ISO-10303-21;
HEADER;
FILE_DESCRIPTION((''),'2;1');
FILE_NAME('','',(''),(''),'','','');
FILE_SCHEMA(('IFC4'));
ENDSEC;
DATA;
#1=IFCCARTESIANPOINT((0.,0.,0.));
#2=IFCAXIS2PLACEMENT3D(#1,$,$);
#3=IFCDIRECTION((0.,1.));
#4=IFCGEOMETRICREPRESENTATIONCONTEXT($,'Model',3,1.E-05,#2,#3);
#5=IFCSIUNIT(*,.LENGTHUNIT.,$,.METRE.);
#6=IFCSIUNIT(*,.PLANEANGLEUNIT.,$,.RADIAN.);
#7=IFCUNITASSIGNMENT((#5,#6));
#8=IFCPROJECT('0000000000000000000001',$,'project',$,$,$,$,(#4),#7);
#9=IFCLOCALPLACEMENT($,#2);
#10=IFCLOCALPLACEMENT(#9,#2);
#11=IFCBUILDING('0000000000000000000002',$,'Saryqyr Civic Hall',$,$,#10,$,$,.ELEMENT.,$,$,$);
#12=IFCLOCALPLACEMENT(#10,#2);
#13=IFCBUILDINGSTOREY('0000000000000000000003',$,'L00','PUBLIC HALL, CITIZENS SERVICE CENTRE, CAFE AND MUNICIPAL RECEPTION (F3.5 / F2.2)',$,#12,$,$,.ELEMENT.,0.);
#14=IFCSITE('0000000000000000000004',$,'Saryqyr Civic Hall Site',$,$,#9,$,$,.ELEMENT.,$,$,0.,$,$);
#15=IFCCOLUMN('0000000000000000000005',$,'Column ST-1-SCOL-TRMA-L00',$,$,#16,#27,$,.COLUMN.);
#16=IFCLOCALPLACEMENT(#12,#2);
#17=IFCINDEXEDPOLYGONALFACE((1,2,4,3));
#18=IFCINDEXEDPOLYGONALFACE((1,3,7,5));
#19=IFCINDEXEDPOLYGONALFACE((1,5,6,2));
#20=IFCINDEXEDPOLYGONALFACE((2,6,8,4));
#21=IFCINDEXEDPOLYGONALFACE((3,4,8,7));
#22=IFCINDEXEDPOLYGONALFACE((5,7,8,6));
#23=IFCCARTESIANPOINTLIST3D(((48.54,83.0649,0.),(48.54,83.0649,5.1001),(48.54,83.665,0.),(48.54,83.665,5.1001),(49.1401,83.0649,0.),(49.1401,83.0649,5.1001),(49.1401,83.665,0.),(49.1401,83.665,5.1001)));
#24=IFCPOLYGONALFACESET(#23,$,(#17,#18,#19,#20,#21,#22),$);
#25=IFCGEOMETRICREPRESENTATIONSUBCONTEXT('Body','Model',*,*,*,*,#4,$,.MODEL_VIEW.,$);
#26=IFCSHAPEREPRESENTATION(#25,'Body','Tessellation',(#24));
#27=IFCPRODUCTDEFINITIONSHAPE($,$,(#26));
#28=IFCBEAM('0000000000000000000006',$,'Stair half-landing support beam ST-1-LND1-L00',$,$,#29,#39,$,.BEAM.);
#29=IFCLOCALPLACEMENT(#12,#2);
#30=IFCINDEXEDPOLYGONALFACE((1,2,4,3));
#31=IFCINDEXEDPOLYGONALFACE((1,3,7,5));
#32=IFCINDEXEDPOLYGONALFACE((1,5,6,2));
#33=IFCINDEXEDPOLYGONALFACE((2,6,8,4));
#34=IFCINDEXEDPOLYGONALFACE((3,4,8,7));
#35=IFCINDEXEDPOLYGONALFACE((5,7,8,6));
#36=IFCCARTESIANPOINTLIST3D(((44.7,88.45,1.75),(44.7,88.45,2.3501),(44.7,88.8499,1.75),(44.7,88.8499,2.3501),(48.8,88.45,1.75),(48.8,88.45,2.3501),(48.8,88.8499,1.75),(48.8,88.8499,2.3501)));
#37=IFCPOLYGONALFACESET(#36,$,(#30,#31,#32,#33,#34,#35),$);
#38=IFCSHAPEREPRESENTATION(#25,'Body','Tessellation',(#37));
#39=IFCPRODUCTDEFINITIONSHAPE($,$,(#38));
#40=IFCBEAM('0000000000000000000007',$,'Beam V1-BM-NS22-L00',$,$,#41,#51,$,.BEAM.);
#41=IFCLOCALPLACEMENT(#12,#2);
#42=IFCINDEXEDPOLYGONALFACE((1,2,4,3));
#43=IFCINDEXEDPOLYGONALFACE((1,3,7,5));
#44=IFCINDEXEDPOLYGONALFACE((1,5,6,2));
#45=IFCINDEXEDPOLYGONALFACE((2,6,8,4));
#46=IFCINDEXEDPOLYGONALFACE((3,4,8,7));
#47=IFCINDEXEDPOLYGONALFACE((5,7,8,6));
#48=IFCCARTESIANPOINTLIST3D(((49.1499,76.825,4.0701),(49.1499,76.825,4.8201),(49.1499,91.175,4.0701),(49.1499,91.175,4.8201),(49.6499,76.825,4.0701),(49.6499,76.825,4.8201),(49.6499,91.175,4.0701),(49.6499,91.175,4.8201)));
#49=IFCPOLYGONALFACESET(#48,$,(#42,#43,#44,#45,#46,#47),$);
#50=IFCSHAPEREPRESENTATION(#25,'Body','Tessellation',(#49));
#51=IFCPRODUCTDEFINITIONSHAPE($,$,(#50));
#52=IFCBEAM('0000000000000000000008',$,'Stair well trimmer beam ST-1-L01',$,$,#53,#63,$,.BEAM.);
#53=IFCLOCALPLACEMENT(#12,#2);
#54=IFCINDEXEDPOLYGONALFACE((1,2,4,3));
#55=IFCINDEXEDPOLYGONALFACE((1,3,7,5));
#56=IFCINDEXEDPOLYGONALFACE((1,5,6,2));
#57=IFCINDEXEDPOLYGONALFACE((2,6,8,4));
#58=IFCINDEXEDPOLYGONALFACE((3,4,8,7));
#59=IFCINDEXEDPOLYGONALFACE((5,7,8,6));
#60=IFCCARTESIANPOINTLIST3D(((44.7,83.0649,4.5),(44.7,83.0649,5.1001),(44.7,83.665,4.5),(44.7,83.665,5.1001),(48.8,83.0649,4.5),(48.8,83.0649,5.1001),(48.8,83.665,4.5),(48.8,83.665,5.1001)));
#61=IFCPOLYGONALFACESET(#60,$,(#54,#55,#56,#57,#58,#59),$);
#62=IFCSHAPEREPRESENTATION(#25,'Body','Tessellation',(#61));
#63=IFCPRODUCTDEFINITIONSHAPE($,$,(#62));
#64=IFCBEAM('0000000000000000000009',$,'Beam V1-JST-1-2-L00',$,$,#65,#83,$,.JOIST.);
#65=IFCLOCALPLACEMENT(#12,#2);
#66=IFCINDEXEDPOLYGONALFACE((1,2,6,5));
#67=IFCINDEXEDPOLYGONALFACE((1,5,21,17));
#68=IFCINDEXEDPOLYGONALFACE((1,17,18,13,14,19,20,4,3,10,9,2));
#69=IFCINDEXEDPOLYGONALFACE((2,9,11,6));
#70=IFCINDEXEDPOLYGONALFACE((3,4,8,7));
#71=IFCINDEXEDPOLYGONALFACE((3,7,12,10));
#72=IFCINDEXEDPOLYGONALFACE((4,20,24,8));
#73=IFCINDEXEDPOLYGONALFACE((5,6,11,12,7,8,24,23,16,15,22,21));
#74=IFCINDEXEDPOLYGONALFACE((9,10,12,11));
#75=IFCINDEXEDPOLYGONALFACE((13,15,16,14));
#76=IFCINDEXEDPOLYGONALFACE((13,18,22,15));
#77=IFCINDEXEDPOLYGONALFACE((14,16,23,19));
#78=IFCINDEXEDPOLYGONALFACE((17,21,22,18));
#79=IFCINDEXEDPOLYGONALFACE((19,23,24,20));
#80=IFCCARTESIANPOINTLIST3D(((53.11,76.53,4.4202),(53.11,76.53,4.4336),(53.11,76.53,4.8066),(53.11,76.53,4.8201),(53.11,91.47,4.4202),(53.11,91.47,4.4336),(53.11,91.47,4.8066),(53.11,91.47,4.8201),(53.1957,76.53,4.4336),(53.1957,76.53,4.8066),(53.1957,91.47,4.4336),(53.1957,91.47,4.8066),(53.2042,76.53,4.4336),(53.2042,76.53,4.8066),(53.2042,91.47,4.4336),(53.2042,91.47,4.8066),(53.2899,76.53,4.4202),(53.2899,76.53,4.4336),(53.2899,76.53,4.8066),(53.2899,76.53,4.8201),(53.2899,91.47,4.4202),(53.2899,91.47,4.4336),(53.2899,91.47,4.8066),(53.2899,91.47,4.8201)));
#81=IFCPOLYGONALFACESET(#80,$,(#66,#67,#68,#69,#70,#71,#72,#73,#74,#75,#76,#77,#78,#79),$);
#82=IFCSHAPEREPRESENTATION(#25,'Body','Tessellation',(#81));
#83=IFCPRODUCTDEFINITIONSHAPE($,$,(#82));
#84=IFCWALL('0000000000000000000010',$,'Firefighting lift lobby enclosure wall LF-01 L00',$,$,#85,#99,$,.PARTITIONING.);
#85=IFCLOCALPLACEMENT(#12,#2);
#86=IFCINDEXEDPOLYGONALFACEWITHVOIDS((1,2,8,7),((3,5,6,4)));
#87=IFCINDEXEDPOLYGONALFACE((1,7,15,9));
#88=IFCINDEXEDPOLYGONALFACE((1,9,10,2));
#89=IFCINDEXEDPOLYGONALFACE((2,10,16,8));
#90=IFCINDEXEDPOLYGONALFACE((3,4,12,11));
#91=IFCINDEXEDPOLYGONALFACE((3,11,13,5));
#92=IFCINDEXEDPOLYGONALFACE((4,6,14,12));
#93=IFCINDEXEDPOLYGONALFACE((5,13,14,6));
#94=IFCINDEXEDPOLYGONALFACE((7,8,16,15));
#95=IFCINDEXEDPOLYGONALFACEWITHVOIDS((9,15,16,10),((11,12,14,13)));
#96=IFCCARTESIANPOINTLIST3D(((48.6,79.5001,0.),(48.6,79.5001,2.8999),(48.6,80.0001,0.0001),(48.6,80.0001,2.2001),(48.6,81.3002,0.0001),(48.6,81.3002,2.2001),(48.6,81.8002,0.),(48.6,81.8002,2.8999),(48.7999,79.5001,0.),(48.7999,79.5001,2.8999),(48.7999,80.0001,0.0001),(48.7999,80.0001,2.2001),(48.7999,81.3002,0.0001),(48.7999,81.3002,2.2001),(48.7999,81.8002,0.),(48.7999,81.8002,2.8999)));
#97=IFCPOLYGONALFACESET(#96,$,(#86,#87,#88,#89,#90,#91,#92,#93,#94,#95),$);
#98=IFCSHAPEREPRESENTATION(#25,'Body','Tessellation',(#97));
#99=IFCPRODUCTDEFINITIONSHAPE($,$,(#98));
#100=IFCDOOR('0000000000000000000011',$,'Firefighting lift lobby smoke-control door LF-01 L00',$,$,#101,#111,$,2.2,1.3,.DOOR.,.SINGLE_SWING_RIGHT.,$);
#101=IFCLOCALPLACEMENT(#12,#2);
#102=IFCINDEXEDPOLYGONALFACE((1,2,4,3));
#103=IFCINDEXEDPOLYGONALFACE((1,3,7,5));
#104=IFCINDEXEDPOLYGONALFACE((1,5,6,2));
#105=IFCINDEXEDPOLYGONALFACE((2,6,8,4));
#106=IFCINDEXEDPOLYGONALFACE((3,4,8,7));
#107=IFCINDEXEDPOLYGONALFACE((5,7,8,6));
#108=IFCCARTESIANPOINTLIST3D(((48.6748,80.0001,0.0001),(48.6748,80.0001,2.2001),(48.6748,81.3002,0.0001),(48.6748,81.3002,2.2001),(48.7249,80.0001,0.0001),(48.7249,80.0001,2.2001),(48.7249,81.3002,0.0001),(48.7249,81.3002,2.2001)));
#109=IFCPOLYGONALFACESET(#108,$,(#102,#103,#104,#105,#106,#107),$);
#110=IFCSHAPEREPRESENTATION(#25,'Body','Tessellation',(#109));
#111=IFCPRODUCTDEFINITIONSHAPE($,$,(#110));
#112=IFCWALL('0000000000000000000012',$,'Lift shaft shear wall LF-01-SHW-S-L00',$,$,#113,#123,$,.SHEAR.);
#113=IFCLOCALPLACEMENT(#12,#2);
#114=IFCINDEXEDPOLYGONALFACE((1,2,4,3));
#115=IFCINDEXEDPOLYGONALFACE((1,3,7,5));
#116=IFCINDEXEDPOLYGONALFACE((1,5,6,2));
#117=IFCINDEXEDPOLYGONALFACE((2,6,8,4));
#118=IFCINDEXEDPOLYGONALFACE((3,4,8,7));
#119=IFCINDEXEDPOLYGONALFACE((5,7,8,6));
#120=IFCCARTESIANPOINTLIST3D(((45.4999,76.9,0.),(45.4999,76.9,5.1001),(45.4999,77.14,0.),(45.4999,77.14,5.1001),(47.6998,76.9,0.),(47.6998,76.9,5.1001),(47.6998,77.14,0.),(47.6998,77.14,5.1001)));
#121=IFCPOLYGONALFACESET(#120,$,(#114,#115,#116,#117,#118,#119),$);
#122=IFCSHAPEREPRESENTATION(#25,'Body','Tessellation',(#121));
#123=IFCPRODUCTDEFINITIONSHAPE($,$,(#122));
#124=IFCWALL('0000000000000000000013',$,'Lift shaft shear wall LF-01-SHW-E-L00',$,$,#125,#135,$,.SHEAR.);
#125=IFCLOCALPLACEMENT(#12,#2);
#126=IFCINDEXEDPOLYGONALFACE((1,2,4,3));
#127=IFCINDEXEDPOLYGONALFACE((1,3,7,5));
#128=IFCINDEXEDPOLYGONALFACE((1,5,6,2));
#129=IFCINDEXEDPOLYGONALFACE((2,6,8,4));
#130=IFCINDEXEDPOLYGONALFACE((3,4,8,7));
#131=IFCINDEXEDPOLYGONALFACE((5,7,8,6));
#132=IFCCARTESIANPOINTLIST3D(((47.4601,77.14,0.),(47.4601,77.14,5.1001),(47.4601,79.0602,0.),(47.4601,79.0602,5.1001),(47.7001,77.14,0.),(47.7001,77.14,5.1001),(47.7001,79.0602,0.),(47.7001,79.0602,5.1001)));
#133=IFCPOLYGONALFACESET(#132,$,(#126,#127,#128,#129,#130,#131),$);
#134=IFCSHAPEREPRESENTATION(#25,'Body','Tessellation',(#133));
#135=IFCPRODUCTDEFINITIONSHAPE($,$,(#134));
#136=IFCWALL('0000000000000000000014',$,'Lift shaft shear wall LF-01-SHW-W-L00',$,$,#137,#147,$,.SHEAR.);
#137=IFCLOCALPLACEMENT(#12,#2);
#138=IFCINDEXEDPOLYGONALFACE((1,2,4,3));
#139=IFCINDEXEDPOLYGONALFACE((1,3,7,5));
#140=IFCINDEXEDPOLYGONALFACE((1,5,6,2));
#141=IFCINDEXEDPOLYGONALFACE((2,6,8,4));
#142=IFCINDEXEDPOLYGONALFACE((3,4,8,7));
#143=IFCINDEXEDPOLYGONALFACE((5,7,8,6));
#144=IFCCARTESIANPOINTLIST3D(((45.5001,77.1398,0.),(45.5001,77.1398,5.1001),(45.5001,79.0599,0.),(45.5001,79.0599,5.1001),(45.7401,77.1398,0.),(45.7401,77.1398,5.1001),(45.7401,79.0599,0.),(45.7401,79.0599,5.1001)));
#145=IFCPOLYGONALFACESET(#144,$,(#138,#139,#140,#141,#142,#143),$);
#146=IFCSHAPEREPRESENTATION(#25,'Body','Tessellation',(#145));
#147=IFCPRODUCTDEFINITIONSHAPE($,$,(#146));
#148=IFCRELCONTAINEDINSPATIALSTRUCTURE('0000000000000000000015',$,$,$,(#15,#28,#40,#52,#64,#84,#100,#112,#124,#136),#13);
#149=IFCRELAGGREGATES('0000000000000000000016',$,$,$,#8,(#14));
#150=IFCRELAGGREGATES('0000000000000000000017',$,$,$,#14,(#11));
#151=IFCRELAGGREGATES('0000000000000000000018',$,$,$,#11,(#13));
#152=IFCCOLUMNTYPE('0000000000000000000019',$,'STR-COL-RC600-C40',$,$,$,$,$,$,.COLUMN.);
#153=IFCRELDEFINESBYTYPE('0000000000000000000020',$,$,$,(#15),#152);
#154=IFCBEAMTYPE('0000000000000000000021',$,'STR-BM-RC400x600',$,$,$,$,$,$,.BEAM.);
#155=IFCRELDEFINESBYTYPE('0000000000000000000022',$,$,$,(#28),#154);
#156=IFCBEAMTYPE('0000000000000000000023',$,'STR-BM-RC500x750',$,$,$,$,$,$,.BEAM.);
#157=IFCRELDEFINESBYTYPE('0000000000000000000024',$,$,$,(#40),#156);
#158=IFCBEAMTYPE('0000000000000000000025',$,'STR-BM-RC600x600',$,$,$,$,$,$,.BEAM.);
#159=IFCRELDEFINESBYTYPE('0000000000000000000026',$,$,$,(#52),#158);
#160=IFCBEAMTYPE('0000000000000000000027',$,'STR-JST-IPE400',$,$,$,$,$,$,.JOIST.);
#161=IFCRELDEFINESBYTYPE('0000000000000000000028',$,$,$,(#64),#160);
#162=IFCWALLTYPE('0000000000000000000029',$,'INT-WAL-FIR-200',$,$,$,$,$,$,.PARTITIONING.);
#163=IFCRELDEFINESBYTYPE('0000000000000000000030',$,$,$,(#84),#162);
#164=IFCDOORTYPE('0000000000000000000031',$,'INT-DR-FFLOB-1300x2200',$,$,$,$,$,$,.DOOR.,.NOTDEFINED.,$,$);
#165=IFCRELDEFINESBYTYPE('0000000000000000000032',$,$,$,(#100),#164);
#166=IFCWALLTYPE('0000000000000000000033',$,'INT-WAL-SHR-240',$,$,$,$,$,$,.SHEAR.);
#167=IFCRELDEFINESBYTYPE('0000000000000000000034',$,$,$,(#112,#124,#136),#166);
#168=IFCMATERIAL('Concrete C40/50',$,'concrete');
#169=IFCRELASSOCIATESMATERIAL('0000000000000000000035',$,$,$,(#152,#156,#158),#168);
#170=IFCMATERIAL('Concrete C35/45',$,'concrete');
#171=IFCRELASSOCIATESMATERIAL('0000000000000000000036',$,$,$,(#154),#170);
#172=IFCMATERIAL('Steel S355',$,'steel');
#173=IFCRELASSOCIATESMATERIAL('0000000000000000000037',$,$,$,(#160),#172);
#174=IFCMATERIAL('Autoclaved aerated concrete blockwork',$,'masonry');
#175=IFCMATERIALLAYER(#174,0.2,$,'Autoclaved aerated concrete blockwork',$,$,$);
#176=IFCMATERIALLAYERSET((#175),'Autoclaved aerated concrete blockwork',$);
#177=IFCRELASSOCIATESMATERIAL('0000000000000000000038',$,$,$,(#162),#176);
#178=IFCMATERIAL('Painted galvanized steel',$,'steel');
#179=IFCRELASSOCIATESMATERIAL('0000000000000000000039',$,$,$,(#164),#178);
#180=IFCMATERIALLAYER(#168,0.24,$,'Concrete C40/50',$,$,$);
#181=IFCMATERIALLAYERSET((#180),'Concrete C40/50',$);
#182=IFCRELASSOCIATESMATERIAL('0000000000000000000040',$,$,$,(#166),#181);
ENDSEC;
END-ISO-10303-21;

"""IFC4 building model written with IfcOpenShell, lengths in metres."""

from ifc_helpers import new_model, si_unit, direction, frame, frame_2d, origin, origin_2d, place, context, subcontext, project, spatial, rectangle, i_section, extrude, material, layer, layer_set, material_profile, profile_set, type_object, element, fill, save


model = new_model("IFC4")

# Units and contexts
model_context = context("Model", 3, precision=1e-05, world=origin(), true_north=direction((0.0, 1.0)))
body_context = subcontext(model_context, "Body", "Model", "MODEL_VIEW")
ifc_project = project(units=[si_unit("LENGTHUNIT", "METRE"), si_unit("PLANEANGLEUNIT", "RADIAN")], contexts=[model_context])

# Site, building, storey
site_placement = place(None, origin())
site = spatial("IfcSite", under=ifc_project, at=site_placement, Name="Saryqyr Civic Hall Site", CompositionType="ELEMENT", RefElevation=0.0)
building_placement = place(site_placement, origin())
building = spatial("IfcBuilding", under=site, at=building_placement, Name="Saryqyr Civic Hall", CompositionType="ELEMENT")
storey_placement = place(building_placement, origin())
storey = spatial("IfcBuildingStorey", under=building, at=storey_placement, Name="L00", Description="PUBLIC HALL, CITIZENS SERVICE CENTRE, CAFE AND MUNICIPAL RECEPTION (F3.5 / F2.2)", CompositionType="ELEMENT", Elevation=0.0)

# Column
ifc_material_1 = material(Name="Concrete C40/50", Category="concrete")
ifc_material_profile_1 = material_profile(ifc_material_1, rectangle(XDim=0.6001, YDim=0.6001, at=origin_2d()), Name="RC 600x600")
ifc_profile_set_1 = profile_set([ifc_material_profile_1], Name="Concrete C40/50")
column_type = type_object("IfcColumnType", Name="STR-COL-RC600-C40", PredefinedType="COLUMN", material=ifc_profile_set_1)
column_placement = place(storey_placement, frame((48.8401, 83.365, 0.0), z_axis=(0.0, 0.0, 1.0), x_axis=(1.0, 0.0, 0.0)))
element("IfcColumn", 1, at=column_placement, inside=storey, type_object=column_type, Name="Column ST-1-SCOL-TRMA-L00", PredefinedType="COLUMN", context=body_context, shape_type="SweptSolid", body=[
    extrude(rectangle(XDim=0.6001, YDim=0.6001, at=origin_2d()), origin(), (0.0, 0.0, 1.0), 5.1001),
])

# Beams
ifc_material_2 = material(Name="Concrete C35/45", Category="concrete")
ifc_material_profile_2 = material_profile(ifc_material_2, rectangle(XDim=0.3999, YDim=0.6001, at=origin_2d()), Name="RC 400x600")
ifc_profile_set_2 = profile_set([ifc_material_profile_2], Name="Concrete C35/45")
beam_type_1 = type_object("IfcBeamType", Name="STR-BM-RC400x600", PredefinedType="BEAM", material=ifc_profile_set_2)
beam_1_placement = place(storey_placement, frame((48.8, 88.6499, 2.05), z_axis=(-1.0, 0.0, 0.0), x_axis=(0.0, -1.0, 0.0)))
element("IfcBeam", 2, at=beam_1_placement, inside=storey, type_object=beam_type_1, Name="Stair half-landing support beam ST-1-LND1-L00", PredefinedType="BEAM", context=body_context, shape_type="SweptSolid", body=[
    extrude(rectangle(XDim=0.3999, YDim=0.6001, at=origin_2d()), origin(), (0.0, 0.0, 1.0), 4.1001),
])
ifc_material_profile_3 = material_profile(ifc_material_1, rectangle(XDim=0.5, YDim=0.75, at=origin_2d()), Name="RC 500x750")
ifc_profile_set_3 = profile_set([ifc_material_profile_3], Name="Concrete C40/50")
beam_type_2 = type_object("IfcBeamType", Name="STR-BM-RC500x750", PredefinedType="BEAM", material=ifc_profile_set_3)
beam_2_placement = place(storey_placement, frame((49.3999, 76.825, 4.4451), z_axis=(0.0, 1.0, 0.0), x_axis=(-1.0, 0.0, 0.0)))
element("IfcBeam", 3, at=beam_2_placement, inside=storey, type_object=beam_type_2, Name="Beam V1-BM-NS22-L00", PredefinedType="BEAM", context=body_context, shape_type="SweptSolid", body=[
    extrude(rectangle(XDim=0.5, YDim=0.75, at=origin_2d()), origin(), (0.0, 0.0, 1.0), 14.3501),
])
ifc_material_profile_4 = material_profile(ifc_material_1, rectangle(XDim=0.6001, YDim=0.6001, at=origin_2d()), Name="RC 600x600")
ifc_profile_set_4 = profile_set([ifc_material_profile_4], Name="Concrete C40/50")
beam_type_3 = type_object("IfcBeamType", Name="STR-BM-RC600x600", PredefinedType="BEAM", material=ifc_profile_set_4)
beam_3_placement = place(storey_placement, frame((48.8, 83.365, 4.8), z_axis=(-1.0, 0.0, 0.0), x_axis=(0.0, -1.0, 0.0)))
element("IfcBeam", 4, at=beam_3_placement, inside=storey, type_object=beam_type_3, Name="Stair well trimmer beam ST-1-L01", PredefinedType="BEAM", context=body_context, shape_type="SweptSolid", body=[
    extrude(rectangle(XDim=0.6001, YDim=0.6001, at=origin_2d()), origin(), (0.0, 0.0, 1.0), 4.1001),
])
ifc_material_3 = material(Name="Steel S355", Category="steel")
ifc_material_profile_5 = material_profile(ifc_material_3, i_section(OverallWidth=0.1799, OverallDepth=0.3999, WebThickness=0.0085, FlangeThickness=0.0134, at=origin_2d()), Name="IPE 400")
ifc_profile_set_5 = profile_set([ifc_material_profile_5], Name="Steel S355")
beam_type_4 = type_object("IfcBeamType", Name="STR-JST-IPE400", PredefinedType="JOIST", material=ifc_profile_set_5)
beam_4_placement = place(storey_placement, frame((53.2, 76.53, 4.6201), z_axis=(0.0, 1.0, 0.0), x_axis=(-1.0, 0.0, 0.0)))
element("IfcBeam", 5, at=beam_4_placement, inside=storey, type_object=beam_type_4, Name="Beam V1-JST-1-2-L00", PredefinedType="JOIST", context=body_context, shape_type="SweptSolid", body=[
    extrude(i_section(OverallWidth=0.1799, OverallDepth=0.3999, WebThickness=0.0085, FlangeThickness=0.0134, at=origin_2d()), origin(), (0.0, 0.0, 1.0), 14.9399),
])

# Wall, opening, door
ifc_material_4 = material(Name="Autoclaved aerated concrete blockwork", Category="masonry")
ifc_layer_1 = layer(ifc_material_4, 0.2, Name="Autoclaved aerated concrete blockwork")
ifc_layer_set_1 = layer_set([ifc_layer_1], Name="Autoclaved aerated concrete blockwork")
wall_type_1 = type_object("IfcWallType", Name="INT-WAL-FIR-200", PredefinedType="PARTITIONING", material=ifc_layer_set_1)
wall_1_placement = place(storey_placement, frame((48.7, 81.8, 0.0), z_axis=(0.0, 0.0, 1.0), x_axis=(0.0, -1.0, 0.0)))
wall_1 = element("IfcWall", 6, at=wall_1_placement, inside=storey, type_object=wall_type_1, Name="Firefighting lift lobby enclosure wall LF-01 L00", PredefinedType="PARTITIONING", context=body_context, shape_type="SweptSolid", body=[
    extrude(rectangle(XDim=2.3, YDim=0.2, at=frame_2d((1.1499, 0.0))), origin(), (0.0, 0.0, 1.0), 2.8999),
])
opening_1_placement = place(wall_1_placement, frame((0.5, 0.0, 0.0)))
opening_1 = element("IfcOpeningElement", 7, at=opening_1_placement, cuts=wall_1, PredefinedType="OPENING", context=body_context, shape_type="SweptSolid", body=[
    extrude(rectangle(XDim=1.3, YDim=2.2, at=frame_2d((0.6499, 1.1001))), frame((0.0, 0.1099, 0.0), z_axis=(0.0, -1.0, 0.0), x_axis=(1.0, 0.0, 0.0)), (0.0, 0.0, 1.0), 0.22),
])
ifc_material_5 = material(Name="Painted galvanized steel", Category="steel")
door_type_1 = type_object("IfcDoorType", Name="INT-DR-FFLOB-1300x2200", OperationType="NOTDEFINED", PredefinedType="DOOR", material=ifc_material_5)
door_1_placement = place(opening_1_placement, origin())
door_1 = element("IfcDoor", 8, at=door_1_placement, inside=storey, type_object=door_type_1, Name="Firefighting lift lobby smoke-control door LF-01 L00", OperationType="SINGLE_SWING_RIGHT", OverallHeight=2.2, OverallWidth=1.3, PredefinedType="DOOR", context=body_context, shape_type="SweptSolid", body=[
    extrude(rectangle(XDim=1.3, YDim=2.2, at=frame_2d((0.6499, 1.1001))), frame((0.0, 0.0249, 0.0), z_axis=(0.0, -1.0, 0.0), x_axis=(1.0, 0.0, 0.0)), (0.0, 0.0, 1.0), 0.05),
])
fill(opening_1, door_1)

# Walls
ifc_layer_2 = layer(ifc_material_1, 0.24, Name="Concrete C40/50")
ifc_layer_set_2 = layer_set([ifc_layer_2], Name="Concrete C40/50")
wall_type_2 = type_object("IfcWallType", Name="INT-WAL-SHR-240", PredefinedType="SHEAR", material=ifc_layer_set_2)
wall_2_placement = place(storey_placement, frame((47.7, 77.02, 0.0), z_axis=(0.0, 0.0, 1.0), x_axis=(-1.0, 0.0, 0.0)))
element("IfcWall", 9, at=wall_2_placement, inside=storey, type_object=wall_type_2, Name="Lift shaft shear wall LF-01-SHW-S-L00", PredefinedType="SHEAR", context=body_context, shape_type="SweptSolid", body=[
    extrude(rectangle(XDim=2.2, YDim=0.24, at=frame_2d((1.1001, 0.0))), origin(), (0.0, 0.0, 1.0), 5.1001),
])
wall_3_placement = place(storey_placement, frame((47.5801, 79.0601, 0.0), z_axis=(0.0, 0.0, 1.0), x_axis=(0.0, -1.0, 0.0)))
element("IfcWall", 10, at=wall_3_placement, inside=storey, type_object=wall_type_2, Name="Lift shaft shear wall LF-01-SHW-E-L00", PredefinedType="SHEAR", context=body_context, shape_type="SweptSolid", body=[
    extrude(rectangle(XDim=1.9202, YDim=0.24, at=frame_2d((0.96, 0.0))), origin(), (0.0, 0.0, 1.0), 5.1001),
])

# Wall
wall_4_placement = place(storey_placement, frame((45.6201, 77.1399, 0.0), z_axis=(0.0, 0.0, 1.0), x_axis=(0.0, 1.0, 0.0)))
element("IfcWall", 11, at=wall_4_placement, inside=storey, type_object=wall_type_2, Name="Lift shaft shear wall LF-01-SHW-W-L00", PredefinedType="SHEAR", context=body_context, shape_type="SweptSolid", body=[
    extrude(rectangle(XDim=1.9202, YDim=0.24, at=frame_2d((0.96, 0.0))), origin(), (0.0, 0.0, 1.0), 5.1001),
])

save(model, "model.ifc")
